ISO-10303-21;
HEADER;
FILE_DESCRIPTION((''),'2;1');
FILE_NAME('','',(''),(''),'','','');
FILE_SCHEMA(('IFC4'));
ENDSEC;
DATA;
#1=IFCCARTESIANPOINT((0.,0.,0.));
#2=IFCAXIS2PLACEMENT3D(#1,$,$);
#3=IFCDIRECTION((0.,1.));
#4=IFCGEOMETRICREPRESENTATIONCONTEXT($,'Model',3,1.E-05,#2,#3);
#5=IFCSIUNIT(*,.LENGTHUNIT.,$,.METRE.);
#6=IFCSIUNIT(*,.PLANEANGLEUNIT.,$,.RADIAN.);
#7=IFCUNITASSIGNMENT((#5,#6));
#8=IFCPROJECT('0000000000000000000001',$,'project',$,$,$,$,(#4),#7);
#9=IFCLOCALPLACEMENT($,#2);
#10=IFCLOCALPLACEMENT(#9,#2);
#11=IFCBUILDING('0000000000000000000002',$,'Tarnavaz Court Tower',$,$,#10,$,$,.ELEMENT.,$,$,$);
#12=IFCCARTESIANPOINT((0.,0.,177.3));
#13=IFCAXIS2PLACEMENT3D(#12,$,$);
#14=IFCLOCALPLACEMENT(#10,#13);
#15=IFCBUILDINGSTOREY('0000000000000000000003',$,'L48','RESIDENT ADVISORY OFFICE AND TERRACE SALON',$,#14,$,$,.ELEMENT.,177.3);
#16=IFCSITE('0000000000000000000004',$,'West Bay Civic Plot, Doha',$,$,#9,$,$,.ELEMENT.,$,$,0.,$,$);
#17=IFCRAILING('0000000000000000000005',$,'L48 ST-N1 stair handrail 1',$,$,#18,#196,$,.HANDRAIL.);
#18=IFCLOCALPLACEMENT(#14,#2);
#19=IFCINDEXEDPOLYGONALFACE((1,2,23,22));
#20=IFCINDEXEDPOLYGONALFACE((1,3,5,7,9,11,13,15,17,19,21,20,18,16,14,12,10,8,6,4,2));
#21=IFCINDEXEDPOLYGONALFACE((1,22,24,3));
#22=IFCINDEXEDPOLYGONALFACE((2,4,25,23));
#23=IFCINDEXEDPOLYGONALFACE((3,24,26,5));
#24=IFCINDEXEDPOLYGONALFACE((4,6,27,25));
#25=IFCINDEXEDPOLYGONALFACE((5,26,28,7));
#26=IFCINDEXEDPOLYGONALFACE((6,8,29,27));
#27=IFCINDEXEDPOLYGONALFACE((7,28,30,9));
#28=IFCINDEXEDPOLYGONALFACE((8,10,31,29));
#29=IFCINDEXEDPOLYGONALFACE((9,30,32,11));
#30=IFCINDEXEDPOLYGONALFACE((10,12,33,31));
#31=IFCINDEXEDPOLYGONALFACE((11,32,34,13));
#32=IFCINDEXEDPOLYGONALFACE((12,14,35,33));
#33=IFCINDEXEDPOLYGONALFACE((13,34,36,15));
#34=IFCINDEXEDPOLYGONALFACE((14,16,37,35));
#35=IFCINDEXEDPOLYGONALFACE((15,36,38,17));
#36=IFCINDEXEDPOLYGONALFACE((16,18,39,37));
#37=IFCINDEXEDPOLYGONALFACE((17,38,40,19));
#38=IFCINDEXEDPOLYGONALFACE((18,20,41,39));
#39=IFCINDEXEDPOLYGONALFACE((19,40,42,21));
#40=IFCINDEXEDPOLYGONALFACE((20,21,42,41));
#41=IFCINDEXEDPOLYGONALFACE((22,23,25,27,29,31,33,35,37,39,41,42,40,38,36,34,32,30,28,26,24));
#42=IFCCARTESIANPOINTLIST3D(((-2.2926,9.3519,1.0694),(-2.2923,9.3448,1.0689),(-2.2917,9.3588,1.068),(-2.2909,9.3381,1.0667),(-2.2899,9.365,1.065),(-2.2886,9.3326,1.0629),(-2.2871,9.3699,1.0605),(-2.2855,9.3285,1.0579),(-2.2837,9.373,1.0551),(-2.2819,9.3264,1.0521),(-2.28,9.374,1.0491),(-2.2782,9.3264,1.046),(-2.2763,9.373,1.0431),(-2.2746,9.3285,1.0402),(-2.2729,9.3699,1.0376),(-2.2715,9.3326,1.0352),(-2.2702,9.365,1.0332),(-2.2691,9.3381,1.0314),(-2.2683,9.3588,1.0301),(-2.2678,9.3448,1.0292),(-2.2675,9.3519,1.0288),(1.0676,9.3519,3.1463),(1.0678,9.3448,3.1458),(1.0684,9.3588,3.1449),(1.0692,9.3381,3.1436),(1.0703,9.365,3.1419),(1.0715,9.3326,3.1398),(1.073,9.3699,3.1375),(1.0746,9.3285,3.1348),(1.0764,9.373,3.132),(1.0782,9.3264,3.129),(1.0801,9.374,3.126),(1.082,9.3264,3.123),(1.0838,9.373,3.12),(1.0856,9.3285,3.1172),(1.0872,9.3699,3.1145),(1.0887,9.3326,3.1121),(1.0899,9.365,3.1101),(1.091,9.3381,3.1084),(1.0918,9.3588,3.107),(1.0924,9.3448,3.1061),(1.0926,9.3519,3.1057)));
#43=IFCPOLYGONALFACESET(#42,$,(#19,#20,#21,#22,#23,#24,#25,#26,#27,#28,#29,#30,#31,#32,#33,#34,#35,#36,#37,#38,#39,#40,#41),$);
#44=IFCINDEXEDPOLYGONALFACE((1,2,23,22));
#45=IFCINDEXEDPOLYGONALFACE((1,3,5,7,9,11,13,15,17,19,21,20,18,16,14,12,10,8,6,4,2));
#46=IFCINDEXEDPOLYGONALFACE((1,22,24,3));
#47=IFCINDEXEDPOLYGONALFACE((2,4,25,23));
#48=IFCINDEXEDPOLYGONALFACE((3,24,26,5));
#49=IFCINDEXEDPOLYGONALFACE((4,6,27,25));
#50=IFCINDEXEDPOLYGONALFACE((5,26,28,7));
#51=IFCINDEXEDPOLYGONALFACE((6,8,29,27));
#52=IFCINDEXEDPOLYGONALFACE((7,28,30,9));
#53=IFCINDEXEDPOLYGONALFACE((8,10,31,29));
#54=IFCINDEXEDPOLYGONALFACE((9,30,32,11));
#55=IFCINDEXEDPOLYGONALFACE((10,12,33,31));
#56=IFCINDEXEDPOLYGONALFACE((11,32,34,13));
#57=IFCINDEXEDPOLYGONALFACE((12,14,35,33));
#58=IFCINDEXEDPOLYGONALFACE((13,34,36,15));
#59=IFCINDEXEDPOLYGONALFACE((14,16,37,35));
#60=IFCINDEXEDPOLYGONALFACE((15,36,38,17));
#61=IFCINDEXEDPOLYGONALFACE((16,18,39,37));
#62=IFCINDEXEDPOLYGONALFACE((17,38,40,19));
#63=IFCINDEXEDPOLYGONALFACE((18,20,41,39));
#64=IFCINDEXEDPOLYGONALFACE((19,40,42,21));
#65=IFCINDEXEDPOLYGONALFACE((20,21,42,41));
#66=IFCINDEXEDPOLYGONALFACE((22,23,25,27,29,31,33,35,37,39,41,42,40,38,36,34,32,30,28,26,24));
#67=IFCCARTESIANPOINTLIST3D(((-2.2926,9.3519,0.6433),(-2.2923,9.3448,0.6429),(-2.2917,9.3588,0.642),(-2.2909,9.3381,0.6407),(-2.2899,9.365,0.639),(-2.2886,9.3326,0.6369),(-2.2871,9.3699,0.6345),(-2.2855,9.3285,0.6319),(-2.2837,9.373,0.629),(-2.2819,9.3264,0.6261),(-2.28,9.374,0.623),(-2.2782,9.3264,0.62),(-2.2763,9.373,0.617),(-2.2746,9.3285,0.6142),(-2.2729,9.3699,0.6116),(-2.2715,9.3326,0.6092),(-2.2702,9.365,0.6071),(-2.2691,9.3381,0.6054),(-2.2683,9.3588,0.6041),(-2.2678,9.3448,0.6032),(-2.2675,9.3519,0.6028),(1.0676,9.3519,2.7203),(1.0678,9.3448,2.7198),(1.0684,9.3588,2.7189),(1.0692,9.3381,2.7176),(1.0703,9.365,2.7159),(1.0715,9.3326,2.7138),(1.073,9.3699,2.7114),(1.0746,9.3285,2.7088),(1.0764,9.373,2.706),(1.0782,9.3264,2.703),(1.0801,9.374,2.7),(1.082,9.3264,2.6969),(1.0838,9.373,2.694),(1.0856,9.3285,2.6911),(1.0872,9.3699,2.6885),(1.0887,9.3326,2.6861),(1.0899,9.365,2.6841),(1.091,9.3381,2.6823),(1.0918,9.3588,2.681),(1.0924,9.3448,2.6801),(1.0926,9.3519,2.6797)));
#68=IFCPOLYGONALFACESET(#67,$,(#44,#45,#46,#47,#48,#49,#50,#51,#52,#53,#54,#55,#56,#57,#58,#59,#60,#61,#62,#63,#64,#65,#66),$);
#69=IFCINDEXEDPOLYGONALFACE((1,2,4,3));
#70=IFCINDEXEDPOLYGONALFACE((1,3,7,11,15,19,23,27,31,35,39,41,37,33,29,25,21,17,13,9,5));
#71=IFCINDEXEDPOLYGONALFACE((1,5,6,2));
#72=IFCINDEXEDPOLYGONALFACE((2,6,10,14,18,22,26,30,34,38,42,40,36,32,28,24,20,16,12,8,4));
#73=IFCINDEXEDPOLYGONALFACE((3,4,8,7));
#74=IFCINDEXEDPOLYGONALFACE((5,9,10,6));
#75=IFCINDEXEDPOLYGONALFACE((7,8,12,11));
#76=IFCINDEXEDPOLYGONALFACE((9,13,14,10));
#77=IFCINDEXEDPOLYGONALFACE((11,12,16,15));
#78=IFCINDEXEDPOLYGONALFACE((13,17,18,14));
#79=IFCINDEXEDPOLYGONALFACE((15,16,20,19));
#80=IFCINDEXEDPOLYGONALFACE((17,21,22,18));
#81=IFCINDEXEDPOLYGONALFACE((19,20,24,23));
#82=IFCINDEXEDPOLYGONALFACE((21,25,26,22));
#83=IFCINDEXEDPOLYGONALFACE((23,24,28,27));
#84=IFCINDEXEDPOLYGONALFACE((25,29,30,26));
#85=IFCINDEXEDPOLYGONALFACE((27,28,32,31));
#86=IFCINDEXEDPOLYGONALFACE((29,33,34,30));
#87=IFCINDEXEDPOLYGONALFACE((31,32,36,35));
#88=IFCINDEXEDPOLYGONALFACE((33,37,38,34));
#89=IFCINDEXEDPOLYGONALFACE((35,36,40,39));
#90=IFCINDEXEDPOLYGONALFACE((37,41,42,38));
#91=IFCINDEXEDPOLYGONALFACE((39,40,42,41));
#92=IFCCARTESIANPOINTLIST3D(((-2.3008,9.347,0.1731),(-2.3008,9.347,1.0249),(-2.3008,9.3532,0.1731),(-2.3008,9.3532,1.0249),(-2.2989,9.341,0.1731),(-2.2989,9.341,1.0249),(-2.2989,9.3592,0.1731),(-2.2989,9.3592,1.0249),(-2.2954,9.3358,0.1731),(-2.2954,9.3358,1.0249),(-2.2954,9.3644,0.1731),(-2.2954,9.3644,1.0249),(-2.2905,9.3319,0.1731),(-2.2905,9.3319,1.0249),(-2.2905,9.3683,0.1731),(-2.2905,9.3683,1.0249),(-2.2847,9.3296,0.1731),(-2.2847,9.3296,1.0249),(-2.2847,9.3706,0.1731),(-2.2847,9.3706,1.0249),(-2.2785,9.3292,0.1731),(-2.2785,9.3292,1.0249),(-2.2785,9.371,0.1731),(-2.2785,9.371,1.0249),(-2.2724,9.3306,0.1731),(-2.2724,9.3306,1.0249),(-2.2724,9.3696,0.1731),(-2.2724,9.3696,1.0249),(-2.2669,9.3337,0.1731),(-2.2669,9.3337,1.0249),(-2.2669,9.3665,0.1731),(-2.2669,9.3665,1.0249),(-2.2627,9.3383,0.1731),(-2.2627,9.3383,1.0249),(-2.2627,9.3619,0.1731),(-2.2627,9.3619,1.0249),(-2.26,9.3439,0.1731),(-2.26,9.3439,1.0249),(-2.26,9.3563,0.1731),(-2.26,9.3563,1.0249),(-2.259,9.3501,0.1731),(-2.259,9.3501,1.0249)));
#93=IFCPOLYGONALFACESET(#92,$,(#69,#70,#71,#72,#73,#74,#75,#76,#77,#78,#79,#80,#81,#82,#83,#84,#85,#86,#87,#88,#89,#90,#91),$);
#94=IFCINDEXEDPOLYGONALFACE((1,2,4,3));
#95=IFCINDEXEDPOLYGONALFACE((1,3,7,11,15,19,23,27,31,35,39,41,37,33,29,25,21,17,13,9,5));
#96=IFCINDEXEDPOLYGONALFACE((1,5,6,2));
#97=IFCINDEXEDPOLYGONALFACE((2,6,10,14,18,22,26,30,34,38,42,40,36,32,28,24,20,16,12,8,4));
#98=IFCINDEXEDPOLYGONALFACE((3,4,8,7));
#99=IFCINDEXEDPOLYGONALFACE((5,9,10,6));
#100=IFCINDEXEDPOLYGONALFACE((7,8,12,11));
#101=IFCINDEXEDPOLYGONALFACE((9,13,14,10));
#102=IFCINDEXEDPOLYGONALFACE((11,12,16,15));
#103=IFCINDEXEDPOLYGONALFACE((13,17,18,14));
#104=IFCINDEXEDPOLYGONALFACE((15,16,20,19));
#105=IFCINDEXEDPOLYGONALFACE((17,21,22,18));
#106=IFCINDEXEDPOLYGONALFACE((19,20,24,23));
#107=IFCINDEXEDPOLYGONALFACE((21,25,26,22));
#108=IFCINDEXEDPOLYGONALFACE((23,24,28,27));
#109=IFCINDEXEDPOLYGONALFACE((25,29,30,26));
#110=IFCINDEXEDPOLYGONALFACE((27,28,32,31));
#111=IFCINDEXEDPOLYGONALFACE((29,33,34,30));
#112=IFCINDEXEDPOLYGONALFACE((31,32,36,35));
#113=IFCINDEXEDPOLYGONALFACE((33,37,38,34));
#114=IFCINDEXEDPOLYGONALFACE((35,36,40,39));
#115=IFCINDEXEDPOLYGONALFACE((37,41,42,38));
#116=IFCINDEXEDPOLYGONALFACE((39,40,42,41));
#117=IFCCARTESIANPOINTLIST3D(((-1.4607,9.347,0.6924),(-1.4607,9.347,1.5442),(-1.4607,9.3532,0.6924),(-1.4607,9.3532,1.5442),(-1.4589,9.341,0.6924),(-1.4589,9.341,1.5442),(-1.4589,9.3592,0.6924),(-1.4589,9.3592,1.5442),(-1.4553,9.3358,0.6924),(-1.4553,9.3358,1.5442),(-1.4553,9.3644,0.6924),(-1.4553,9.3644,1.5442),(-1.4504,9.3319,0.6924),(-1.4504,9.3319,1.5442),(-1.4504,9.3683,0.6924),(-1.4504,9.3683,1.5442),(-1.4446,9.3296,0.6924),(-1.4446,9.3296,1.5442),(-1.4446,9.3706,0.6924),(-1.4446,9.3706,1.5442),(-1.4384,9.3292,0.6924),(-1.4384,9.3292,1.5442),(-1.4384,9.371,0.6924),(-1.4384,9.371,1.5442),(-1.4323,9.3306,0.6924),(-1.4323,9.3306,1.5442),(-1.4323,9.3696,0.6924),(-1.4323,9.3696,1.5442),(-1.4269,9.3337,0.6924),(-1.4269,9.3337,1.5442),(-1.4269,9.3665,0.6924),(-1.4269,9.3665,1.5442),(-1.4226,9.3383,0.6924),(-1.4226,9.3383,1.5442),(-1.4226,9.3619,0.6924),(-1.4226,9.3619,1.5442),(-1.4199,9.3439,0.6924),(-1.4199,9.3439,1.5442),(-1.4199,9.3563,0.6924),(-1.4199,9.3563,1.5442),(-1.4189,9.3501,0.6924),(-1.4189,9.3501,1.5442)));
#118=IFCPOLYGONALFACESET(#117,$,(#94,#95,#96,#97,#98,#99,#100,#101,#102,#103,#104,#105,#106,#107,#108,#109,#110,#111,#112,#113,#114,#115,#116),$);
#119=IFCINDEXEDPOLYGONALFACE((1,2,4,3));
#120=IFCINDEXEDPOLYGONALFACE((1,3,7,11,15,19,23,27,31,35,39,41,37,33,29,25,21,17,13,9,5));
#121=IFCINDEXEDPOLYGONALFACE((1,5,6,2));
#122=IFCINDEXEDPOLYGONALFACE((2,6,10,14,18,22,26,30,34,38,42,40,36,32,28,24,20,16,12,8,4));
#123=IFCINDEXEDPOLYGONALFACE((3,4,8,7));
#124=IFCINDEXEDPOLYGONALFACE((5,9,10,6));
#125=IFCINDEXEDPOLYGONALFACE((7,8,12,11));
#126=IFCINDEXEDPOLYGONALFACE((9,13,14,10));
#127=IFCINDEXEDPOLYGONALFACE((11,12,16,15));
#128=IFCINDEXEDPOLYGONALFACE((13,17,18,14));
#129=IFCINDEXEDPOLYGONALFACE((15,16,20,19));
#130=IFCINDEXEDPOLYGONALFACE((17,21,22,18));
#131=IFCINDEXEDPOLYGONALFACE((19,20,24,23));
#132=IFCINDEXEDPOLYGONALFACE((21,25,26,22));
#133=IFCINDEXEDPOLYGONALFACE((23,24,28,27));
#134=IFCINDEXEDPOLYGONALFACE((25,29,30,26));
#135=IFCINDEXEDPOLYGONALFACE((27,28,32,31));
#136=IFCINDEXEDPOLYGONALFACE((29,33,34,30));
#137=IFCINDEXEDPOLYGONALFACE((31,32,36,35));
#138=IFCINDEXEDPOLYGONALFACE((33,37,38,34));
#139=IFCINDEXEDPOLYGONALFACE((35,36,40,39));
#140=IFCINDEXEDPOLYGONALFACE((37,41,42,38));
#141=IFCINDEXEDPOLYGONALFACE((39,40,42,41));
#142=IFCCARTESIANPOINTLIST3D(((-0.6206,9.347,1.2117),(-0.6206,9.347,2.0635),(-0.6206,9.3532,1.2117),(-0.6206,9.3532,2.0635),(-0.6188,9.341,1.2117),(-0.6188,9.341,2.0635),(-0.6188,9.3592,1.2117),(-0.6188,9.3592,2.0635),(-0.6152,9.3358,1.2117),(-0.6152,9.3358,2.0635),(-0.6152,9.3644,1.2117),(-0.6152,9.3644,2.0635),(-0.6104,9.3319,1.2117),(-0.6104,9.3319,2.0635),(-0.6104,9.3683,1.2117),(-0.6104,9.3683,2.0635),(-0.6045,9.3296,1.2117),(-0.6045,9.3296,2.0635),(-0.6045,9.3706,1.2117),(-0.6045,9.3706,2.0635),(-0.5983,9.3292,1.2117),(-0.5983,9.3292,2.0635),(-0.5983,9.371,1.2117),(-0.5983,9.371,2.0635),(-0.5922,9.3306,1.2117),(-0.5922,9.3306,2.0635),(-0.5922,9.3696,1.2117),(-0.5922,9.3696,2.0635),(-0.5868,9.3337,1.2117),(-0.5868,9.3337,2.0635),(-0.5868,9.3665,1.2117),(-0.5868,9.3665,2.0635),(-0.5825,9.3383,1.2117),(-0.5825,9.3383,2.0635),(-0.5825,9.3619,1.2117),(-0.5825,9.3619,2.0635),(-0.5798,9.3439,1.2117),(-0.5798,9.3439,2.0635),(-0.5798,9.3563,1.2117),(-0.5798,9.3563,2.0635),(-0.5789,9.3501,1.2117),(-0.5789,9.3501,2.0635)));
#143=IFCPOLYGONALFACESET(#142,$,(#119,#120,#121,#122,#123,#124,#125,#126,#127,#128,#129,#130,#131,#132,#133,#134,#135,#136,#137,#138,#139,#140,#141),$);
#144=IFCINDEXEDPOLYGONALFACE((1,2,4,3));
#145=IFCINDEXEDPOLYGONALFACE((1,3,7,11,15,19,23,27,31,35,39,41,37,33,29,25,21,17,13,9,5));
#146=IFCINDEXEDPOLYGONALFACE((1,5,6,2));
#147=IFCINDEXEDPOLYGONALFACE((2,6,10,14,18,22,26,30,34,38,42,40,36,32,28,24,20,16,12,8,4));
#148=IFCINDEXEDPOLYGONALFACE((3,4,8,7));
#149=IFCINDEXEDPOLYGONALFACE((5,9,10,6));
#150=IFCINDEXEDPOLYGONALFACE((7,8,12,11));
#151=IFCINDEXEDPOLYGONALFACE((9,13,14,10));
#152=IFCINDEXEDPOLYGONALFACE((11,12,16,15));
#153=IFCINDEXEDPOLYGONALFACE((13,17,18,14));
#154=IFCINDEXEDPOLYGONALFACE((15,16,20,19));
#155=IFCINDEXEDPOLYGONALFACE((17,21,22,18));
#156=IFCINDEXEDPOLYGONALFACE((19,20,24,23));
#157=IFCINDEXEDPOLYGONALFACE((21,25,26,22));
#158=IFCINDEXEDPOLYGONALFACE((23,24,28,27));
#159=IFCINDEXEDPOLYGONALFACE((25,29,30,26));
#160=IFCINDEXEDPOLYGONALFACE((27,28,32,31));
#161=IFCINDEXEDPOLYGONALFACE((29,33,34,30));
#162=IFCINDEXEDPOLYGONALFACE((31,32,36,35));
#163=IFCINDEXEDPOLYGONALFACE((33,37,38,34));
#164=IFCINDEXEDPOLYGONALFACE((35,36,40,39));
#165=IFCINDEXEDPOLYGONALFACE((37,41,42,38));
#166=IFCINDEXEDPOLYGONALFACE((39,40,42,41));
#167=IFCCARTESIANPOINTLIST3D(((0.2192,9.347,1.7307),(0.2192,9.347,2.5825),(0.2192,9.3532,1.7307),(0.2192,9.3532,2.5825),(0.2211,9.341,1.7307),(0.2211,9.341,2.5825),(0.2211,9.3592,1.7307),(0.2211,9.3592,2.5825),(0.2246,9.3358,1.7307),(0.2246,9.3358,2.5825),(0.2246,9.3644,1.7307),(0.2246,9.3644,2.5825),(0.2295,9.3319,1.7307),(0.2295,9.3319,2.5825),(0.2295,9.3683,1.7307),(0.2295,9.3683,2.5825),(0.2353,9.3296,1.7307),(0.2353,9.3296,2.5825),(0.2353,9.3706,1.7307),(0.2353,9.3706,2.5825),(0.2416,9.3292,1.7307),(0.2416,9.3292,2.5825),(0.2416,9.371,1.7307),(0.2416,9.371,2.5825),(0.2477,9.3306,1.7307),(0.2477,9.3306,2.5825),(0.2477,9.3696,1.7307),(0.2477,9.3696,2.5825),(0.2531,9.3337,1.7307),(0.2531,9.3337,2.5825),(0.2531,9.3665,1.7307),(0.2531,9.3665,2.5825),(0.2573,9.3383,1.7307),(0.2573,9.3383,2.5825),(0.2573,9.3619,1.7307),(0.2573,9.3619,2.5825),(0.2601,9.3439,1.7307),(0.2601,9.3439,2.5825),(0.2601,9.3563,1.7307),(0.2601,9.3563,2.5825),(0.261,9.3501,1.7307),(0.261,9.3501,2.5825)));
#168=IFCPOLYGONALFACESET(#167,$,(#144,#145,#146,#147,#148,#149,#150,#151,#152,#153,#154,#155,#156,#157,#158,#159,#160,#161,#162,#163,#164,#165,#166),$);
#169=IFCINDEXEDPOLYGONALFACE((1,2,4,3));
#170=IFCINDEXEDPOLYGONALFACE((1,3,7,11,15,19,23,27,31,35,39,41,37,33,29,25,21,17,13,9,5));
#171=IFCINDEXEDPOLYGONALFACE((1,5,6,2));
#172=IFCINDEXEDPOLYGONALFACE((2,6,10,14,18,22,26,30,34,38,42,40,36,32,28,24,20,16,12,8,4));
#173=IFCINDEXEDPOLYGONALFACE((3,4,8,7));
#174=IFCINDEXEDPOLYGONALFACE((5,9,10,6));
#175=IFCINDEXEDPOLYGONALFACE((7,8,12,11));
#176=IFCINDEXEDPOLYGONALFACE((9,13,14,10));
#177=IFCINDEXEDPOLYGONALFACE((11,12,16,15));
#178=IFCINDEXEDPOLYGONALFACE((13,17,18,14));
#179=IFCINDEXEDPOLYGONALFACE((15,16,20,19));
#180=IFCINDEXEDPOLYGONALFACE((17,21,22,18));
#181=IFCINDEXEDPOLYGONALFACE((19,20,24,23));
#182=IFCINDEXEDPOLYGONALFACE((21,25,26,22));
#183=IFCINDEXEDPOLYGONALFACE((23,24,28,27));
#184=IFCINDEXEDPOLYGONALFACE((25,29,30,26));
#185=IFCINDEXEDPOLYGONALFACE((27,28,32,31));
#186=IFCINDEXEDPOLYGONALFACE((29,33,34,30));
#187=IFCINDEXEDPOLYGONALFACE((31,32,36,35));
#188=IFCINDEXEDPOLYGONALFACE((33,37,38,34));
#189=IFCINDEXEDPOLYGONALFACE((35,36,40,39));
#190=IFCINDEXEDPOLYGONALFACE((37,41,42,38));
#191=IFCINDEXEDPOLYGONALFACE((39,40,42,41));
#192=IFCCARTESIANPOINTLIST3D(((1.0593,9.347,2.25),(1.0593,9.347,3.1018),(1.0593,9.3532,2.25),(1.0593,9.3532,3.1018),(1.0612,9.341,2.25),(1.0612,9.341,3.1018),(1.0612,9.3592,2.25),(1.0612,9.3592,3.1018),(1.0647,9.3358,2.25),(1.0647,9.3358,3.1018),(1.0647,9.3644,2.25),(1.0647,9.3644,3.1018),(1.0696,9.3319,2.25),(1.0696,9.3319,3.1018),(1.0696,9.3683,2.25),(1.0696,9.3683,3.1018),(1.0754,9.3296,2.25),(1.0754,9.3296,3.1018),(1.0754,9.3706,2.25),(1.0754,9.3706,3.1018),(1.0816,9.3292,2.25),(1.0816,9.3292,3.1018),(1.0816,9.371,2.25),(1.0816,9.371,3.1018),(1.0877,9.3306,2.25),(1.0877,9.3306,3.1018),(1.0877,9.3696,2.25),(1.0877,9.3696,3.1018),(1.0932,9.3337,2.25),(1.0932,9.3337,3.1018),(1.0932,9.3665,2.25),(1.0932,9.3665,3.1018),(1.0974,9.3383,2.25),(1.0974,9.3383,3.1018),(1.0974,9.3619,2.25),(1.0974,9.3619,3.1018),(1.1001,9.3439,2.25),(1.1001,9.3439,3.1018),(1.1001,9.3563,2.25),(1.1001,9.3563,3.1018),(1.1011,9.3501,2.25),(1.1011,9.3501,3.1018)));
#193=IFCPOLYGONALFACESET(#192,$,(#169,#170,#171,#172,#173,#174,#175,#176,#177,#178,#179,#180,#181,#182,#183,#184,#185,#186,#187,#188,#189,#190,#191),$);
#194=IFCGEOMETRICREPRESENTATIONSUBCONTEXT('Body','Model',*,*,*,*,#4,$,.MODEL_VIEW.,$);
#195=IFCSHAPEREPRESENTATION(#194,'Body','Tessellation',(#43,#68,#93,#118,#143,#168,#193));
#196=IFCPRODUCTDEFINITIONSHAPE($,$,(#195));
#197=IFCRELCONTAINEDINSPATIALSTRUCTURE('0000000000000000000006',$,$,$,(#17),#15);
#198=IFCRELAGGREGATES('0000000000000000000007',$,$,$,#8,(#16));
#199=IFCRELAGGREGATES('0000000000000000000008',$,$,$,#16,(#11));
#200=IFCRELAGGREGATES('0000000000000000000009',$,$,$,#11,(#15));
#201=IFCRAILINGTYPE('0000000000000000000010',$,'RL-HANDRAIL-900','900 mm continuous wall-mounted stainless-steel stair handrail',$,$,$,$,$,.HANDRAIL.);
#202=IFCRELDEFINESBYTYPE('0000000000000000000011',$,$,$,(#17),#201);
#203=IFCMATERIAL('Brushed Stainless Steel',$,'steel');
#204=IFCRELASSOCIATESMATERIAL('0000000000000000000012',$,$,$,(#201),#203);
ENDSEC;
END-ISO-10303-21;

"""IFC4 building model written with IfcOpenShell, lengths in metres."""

from ifc_helpers import new_model, si_unit, direction, frame, origin, origin_2d, place, context, subcontext, project, spatial, circle, extrude, material, type_object, element, save


model = new_model("IFC4")

# Units and contexts
model_context = context("Model", 3, precision=1e-05, world=origin(), true_north=direction((0.0, 1.0)))
body_context = subcontext(model_context, "Body", "Model", "MODEL_VIEW")
ifc_project = project(units=[si_unit("LENGTHUNIT", "METRE"), si_unit("PLANEANGLEUNIT", "RADIAN")], contexts=[model_context])

# Site, building, storey
site_placement = place(None, origin())
site = spatial("IfcSite", under=ifc_project, at=site_placement, Name="West Bay Civic Plot, Doha", CompositionType="ELEMENT", RefElevation=0.0)
building_placement = place(site_placement, origin())
building = spatial("IfcBuilding", under=site, at=building_placement, Name="Tarnavaz Court Tower", CompositionType="ELEMENT")
storey_placement = place(building_placement, frame((0.0, 0.0, 177.3)))
storey = spatial("IfcBuildingStorey", under=building, at=storey_placement, Name="L48", Description="RESIDENT ADVISORY OFFICE AND TERRACE SALON", CompositionType="ELEMENT", Elevation=177.3)

# Railing
ifc_material_1 = material(Name="Brushed Stainless Steel", Category="steel")
railing_type_1 = type_object("IfcRailingType", Name="RL-HANDRAIL-900", Description="900 mm continuous wall-mounted stainless-steel stair handrail", PredefinedType="HANDRAIL", material=ifc_material_1)
railing_1_placement = place(storey_placement, frame((-2.28, 9.3501, 0.1731)))
element("IfcRailing", 1, at=railing_1_placement, inside=storey, type_object=railing_type_1, Name="L48 ST-N1 stair handrail 1", PredefinedType="HANDRAIL", context=body_context, shape_type="SweptSolid", body=[
    extrude(circle(Radius=0.0239, at=origin_2d()), frame((0.0, 0.0, 0.876), z_axis=(0.850623, 0.0, 0.525776), x_axis=(0.0, 1.0, 0.0)), (0.0, 0.0, 1.0), 3.9502),
    extrude(circle(Radius=0.0239, at=origin_2d()), frame((0.0, 0.0, 0.45), z_axis=(0.850623, 0.0, 0.525776), x_axis=(0.0, 1.0, 0.0)), (0.0, 0.0, 1.0), 3.9502),
    extrude(circle(Radius=0.021, at=origin_2d()), origin(), (0.0, 0.0, 1.0), 0.8518),
    extrude(circle(Radius=0.021, at=origin_2d()), frame((0.8401, 0.0, 0.5193)), (0.0, 0.0, 1.0), 0.8518),
    extrude(circle(Radius=0.021, at=origin_2d()), frame((1.6802, 0.0, 1.0386)), (0.0, 0.0, 1.0), 0.8518),
    extrude(circle(Radius=0.021, at=origin_2d()), frame((2.52, 0.0, 1.5576)), (0.0, 0.0, 1.0), 0.8518),
    extrude(circle(Radius=0.021, at=origin_2d()), frame((3.3601, 0.0, 2.0769)), (0.0, 0.0, 1.0), 0.8518),
])

save(model, "model.ifc")
